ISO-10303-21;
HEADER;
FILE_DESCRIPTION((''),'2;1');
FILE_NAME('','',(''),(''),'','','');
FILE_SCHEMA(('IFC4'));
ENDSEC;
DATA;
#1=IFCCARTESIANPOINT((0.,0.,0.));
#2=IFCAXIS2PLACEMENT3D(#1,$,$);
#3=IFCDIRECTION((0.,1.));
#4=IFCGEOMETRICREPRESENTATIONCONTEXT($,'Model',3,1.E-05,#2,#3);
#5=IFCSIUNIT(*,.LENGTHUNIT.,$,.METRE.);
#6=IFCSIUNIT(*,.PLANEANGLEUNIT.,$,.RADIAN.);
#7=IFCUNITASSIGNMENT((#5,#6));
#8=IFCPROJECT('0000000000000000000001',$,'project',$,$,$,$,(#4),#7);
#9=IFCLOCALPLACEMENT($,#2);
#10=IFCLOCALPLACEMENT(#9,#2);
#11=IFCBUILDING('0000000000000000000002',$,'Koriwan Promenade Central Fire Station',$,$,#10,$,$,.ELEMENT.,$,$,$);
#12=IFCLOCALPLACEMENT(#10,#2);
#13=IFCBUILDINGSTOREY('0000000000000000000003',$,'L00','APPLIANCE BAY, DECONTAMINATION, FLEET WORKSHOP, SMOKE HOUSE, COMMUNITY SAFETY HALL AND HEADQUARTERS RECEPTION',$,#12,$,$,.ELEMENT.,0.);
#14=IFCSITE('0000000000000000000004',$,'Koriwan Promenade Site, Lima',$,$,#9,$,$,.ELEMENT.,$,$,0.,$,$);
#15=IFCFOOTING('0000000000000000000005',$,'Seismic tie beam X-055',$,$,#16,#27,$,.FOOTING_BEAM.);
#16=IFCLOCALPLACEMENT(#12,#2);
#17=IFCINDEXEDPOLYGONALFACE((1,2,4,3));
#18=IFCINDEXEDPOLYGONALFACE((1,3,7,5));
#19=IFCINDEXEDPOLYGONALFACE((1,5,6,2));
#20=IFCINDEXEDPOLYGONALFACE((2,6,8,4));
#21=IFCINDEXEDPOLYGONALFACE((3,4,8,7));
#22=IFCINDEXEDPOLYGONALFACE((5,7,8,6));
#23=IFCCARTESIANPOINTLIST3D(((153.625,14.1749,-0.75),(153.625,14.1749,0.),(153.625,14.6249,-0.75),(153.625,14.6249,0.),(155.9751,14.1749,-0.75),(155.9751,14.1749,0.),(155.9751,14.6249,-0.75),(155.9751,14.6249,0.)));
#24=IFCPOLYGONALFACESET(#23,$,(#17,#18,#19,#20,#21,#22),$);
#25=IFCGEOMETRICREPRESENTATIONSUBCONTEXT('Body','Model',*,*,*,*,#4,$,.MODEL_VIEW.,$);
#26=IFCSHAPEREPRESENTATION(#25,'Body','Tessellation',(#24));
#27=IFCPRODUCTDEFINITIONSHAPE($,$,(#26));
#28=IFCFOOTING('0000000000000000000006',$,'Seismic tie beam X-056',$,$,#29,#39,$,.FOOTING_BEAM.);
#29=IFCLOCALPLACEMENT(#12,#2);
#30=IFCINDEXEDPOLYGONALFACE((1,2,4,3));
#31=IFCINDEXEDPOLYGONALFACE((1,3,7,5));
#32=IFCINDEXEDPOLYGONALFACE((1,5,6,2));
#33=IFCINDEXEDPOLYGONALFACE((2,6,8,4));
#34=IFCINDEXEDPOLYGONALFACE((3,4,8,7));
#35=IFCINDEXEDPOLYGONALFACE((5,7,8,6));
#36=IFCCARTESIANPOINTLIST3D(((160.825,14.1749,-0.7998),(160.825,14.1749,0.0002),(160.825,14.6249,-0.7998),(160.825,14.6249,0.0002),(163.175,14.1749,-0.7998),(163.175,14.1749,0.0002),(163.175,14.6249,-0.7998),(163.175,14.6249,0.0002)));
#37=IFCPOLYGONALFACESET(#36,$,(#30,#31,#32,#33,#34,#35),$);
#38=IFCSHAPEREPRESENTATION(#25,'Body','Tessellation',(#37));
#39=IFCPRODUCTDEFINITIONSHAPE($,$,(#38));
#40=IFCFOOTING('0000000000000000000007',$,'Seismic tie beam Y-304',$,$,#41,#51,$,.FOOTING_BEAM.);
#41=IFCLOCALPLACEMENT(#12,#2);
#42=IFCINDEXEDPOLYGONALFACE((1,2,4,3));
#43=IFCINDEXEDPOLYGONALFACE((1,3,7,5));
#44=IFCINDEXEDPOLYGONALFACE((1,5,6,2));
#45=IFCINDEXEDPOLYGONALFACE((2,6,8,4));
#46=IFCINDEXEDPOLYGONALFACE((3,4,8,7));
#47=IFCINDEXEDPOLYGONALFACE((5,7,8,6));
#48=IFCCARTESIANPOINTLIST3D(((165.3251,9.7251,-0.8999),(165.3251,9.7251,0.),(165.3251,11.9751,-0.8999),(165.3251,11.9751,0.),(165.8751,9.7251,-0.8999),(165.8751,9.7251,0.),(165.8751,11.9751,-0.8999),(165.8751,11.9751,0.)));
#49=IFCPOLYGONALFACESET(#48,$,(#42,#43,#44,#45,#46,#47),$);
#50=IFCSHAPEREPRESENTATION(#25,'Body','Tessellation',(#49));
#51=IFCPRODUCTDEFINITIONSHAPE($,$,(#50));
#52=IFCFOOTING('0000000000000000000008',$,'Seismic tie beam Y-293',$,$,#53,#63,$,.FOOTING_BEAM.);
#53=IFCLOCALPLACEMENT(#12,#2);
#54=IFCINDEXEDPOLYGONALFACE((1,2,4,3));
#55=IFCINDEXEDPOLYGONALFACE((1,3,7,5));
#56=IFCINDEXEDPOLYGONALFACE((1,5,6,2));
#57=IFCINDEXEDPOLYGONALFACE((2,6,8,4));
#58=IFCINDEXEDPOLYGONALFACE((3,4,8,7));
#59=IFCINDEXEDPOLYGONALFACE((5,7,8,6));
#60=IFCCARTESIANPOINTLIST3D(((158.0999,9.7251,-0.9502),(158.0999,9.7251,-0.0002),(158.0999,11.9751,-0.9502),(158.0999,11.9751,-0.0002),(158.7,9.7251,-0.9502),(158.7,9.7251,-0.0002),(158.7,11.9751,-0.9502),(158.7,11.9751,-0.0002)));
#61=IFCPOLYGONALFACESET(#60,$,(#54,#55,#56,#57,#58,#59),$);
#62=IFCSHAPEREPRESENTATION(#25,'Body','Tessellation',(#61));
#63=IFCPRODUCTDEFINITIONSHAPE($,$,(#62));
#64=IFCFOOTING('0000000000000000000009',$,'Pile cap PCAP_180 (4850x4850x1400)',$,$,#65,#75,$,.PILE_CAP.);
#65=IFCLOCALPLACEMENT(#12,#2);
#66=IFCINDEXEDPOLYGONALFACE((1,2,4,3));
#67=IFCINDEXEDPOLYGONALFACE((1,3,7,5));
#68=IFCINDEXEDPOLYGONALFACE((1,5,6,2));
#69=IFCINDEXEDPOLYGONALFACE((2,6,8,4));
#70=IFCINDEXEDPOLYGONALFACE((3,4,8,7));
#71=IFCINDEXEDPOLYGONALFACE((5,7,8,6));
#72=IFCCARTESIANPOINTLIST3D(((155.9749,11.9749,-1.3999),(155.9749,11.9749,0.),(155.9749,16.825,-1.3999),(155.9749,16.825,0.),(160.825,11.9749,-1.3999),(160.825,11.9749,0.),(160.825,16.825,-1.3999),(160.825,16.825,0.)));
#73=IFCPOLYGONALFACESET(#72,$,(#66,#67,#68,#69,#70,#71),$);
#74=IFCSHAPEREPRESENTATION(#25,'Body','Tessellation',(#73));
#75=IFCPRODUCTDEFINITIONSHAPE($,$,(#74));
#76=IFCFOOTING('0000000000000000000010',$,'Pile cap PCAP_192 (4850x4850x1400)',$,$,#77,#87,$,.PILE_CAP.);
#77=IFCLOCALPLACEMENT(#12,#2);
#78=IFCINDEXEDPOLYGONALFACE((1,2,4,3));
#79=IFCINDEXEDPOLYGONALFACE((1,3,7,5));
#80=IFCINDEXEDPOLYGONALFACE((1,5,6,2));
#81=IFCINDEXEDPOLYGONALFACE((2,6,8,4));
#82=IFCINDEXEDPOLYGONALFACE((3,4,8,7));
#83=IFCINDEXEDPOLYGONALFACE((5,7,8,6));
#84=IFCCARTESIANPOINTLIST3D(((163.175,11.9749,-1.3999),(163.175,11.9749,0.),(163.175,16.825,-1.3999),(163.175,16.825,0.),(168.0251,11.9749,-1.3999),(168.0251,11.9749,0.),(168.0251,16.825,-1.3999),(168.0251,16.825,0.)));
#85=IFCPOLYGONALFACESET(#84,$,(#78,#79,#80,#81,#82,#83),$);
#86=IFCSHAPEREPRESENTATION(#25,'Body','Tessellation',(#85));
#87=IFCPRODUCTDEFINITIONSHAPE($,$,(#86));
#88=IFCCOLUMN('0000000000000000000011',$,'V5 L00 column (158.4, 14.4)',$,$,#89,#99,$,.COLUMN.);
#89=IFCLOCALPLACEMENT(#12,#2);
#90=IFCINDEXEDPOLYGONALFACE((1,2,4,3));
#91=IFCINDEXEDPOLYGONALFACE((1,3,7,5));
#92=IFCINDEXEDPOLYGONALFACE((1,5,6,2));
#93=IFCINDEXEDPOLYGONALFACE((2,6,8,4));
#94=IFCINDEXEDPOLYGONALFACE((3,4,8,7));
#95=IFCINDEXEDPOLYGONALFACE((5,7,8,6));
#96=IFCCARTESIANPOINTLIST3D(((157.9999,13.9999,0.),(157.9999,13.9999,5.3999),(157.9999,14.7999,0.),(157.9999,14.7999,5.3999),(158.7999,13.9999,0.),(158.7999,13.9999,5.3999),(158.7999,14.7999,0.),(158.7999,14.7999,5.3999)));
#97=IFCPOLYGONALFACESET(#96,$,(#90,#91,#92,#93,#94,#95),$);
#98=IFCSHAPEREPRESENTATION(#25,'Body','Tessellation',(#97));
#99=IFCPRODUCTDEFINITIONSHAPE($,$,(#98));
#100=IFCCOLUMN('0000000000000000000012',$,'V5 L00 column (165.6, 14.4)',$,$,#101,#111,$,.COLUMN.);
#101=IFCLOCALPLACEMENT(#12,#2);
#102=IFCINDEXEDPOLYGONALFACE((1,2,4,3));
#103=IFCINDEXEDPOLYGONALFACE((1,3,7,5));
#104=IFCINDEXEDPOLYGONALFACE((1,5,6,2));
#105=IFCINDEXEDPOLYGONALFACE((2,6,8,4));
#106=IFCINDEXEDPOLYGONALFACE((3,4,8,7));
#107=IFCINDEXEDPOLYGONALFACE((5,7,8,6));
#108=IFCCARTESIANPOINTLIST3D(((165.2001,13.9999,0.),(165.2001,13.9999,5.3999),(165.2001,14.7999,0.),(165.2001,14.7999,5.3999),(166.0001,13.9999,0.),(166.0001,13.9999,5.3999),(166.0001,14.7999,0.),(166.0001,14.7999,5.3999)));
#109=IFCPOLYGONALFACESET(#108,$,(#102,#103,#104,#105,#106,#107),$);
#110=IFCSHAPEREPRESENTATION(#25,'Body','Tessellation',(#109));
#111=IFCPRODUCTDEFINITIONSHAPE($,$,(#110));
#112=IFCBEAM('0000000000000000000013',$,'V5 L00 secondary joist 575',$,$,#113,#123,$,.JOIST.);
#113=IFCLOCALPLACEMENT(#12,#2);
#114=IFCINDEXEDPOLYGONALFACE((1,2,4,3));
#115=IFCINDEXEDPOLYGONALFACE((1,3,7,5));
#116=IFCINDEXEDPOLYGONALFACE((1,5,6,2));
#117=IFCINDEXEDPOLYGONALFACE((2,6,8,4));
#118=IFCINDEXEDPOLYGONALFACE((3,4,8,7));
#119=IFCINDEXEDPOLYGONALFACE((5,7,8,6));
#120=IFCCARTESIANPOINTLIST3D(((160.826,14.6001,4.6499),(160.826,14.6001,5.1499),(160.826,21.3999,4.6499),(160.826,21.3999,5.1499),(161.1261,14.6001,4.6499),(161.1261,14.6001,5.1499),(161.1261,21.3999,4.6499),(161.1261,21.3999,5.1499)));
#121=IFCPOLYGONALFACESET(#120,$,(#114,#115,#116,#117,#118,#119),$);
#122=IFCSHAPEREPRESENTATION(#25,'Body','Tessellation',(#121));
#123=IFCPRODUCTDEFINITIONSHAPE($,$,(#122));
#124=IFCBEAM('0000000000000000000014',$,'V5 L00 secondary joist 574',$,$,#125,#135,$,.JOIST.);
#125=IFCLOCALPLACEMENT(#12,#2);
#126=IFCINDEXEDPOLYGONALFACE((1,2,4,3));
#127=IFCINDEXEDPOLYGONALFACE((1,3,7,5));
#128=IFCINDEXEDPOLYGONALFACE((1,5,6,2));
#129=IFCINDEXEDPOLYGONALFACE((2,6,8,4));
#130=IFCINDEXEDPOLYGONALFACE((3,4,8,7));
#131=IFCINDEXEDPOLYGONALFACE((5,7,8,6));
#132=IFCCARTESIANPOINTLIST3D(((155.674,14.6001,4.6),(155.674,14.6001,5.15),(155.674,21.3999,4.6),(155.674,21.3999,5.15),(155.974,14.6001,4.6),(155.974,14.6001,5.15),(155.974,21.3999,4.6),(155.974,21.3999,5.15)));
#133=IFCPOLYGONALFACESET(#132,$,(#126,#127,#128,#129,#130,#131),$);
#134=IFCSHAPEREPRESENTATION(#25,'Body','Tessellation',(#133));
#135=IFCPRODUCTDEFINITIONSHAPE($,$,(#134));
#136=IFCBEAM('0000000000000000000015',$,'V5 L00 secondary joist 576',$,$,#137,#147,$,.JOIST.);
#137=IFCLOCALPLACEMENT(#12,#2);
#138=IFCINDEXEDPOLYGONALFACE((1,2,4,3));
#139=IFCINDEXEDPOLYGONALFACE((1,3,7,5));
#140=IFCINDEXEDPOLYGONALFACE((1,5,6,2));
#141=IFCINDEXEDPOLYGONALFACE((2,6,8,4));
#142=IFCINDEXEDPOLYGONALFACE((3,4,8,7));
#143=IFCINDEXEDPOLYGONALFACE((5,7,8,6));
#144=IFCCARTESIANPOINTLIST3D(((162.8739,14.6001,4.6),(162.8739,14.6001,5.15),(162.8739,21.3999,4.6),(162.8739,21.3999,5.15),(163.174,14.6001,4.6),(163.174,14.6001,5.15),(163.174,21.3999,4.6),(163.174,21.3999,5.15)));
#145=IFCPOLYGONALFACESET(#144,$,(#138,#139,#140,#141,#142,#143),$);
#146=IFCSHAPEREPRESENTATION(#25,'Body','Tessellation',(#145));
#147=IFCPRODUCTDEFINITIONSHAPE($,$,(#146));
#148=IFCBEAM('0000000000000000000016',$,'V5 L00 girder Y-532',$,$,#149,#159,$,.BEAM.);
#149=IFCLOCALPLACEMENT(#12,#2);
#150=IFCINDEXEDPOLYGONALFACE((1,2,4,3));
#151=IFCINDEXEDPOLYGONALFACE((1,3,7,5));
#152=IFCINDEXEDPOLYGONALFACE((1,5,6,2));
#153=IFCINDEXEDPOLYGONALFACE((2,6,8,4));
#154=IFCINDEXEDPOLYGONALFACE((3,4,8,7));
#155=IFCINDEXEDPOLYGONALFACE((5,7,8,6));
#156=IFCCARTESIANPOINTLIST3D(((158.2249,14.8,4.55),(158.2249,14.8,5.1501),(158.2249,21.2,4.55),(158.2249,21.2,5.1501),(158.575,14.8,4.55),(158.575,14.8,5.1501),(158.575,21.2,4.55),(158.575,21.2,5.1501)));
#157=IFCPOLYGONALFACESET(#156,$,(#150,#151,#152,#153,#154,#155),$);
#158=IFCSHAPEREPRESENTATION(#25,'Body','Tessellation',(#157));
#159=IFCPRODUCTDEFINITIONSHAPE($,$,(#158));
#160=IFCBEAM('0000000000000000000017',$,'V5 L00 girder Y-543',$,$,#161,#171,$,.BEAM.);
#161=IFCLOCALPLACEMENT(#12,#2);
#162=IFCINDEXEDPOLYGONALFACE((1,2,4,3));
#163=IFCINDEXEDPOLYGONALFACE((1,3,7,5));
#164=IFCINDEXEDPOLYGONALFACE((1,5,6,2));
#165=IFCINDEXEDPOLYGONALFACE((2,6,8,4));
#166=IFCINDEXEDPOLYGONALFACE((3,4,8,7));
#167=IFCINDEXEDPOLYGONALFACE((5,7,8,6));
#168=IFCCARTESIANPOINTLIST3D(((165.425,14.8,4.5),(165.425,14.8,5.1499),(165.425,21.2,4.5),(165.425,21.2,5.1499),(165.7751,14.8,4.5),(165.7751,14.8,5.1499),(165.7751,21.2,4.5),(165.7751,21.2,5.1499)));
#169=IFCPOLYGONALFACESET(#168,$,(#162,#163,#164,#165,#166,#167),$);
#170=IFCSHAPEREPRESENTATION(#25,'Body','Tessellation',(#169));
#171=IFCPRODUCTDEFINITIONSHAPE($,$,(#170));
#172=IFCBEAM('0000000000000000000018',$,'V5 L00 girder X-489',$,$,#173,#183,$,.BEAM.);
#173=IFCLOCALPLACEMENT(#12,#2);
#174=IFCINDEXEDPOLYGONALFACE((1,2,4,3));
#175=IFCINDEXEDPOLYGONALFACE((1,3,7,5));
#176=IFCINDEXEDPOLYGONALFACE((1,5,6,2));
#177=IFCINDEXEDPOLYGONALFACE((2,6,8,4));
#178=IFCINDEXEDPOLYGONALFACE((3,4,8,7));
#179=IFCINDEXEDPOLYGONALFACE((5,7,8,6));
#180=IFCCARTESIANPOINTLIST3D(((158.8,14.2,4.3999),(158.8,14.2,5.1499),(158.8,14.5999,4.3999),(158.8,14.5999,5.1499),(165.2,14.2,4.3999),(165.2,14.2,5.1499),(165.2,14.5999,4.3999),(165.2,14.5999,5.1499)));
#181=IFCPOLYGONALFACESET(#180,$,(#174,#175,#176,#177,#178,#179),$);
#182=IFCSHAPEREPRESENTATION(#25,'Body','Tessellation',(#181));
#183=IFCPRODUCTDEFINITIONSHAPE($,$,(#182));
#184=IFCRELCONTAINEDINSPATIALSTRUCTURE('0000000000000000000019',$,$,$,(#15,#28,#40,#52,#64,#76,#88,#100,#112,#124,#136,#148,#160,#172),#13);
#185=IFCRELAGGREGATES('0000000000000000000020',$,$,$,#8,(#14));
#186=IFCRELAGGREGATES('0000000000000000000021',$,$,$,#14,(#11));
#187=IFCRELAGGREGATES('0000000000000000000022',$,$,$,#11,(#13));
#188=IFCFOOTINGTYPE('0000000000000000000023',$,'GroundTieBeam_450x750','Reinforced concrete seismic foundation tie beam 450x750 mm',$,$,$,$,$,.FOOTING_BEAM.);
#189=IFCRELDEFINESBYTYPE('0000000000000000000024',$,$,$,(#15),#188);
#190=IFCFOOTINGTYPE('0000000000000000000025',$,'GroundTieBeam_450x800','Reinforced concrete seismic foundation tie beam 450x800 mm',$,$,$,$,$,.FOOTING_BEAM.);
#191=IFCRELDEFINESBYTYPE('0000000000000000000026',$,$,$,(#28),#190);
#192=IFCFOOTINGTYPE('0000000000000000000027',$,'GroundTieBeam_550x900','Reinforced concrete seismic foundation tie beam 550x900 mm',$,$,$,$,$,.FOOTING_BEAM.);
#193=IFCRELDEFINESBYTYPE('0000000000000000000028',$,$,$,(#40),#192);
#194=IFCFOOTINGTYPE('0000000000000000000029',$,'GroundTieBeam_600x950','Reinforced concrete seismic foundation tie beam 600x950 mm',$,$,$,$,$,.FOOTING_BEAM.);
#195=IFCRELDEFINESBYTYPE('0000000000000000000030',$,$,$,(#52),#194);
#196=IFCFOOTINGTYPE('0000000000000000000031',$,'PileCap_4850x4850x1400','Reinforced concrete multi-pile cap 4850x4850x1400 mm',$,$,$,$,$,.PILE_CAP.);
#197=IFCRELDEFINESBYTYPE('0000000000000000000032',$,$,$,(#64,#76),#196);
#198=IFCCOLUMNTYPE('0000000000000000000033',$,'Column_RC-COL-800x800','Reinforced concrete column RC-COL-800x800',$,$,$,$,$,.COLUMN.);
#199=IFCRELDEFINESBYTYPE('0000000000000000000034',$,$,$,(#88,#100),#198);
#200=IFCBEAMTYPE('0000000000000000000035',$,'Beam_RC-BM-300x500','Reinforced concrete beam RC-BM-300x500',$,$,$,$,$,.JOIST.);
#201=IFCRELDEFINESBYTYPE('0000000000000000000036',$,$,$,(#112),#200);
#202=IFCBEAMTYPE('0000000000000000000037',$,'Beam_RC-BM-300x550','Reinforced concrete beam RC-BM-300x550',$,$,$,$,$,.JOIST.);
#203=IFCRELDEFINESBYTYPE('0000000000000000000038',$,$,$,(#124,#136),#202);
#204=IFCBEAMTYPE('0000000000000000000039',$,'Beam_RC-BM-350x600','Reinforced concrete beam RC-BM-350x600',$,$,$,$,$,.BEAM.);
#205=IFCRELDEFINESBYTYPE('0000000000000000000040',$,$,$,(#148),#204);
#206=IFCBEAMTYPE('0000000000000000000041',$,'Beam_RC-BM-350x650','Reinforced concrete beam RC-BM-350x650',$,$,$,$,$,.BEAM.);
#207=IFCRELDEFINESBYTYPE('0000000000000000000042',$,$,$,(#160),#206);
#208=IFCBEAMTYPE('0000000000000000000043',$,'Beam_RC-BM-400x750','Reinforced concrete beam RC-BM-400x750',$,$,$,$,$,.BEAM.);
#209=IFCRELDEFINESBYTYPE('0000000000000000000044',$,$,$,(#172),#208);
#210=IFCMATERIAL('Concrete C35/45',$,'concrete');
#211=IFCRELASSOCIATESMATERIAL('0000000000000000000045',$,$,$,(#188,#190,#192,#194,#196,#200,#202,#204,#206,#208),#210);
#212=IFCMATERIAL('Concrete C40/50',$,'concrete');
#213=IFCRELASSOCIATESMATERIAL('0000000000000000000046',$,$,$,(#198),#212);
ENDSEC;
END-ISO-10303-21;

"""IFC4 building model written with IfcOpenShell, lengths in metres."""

from ifc_helpers import new_model, si_unit, direction, frame, origin, origin_2d, place, context, subcontext, project, spatial, rectangle, extrude, material, material_profile, profile_set, type_object, element, save


model = new_model("IFC4")

# Units and contexts
model_context = context("Model", 3, precision=1e-05, world=origin(), true_north=direction((0.0, 1.0)))
body_context = subcontext(model_context, "Body", "Model", "MODEL_VIEW")
ifc_project = project(units=[si_unit("LENGTHUNIT", "METRE"), si_unit("PLANEANGLEUNIT", "RADIAN")], contexts=[model_context])

# Site, building, storey
site_placement = place(None, origin())
site = spatial("IfcSite", under=ifc_project, at=site_placement, Name="Koriwan Promenade Site, Lima", CompositionType="ELEMENT", RefElevation=0.0)
building_placement = place(site_placement, origin())
building = spatial("IfcBuilding", under=site, at=building_placement, Name="Koriwan Promenade Central Fire Station", CompositionType="ELEMENT")
storey_placement = place(building_placement, origin())
storey = spatial("IfcBuildingStorey", under=building, at=storey_placement, Name="L00", Description="APPLIANCE BAY, DECONTAMINATION, FLEET WORKSHOP, SMOKE HOUSE, COMMUNITY SAFETY HALL AND HEADQUARTERS RECEPTION", CompositionType="ELEMENT", Elevation=0.0)

# Shared definitions
ifc_material_1 = material(Name="Concrete C35/45", Category="concrete")

# Footings
footing_type_1 = type_object("IfcFootingType", Name="GroundTieBeam_450x750", Description="Reinforced concrete seismic foundation tie beam 450x750 mm", PredefinedType="FOOTING_BEAM", material=ifc_material_1)
footing_1_placement = place(storey_placement, frame((154.8, 14.3999, -0.75), z_axis=(0.0, 0.0, 1.0), x_axis=(1.0, 0.0, 0.0)))
element("IfcFooting", 1, at=footing_1_placement, inside=storey, type_object=footing_type_1, Name="Seismic tie beam X-055", PredefinedType="FOOTING_BEAM", context=body_context, shape_type="SweptSolid", body=[
    extrude(rectangle(XDim=2.3501, YDim=0.45, at=origin_2d()), origin(), (0.0, 0.0, 1.0), 0.75),
])
footing_type_2 = type_object("IfcFootingType", Name="GroundTieBeam_450x800", Description="Reinforced concrete seismic foundation tie beam 450x800 mm", PredefinedType="FOOTING_BEAM", material=ifc_material_1)
footing_2_placement = place(storey_placement, frame((162.0, 14.3999, -0.7998), z_axis=(0.0, 0.0, 1.0), x_axis=(1.0, 0.0, 0.0)))
element("IfcFooting", 2, at=footing_2_placement, inside=storey, type_object=footing_type_2, Name="Seismic tie beam X-056", PredefinedType="FOOTING_BEAM", context=body_context, shape_type="SweptSolid", body=[
    extrude(rectangle(XDim=2.3501, YDim=0.45, at=origin_2d()), origin(), (0.0, 0.0, 1.0), 0.8),
])
footing_type_3 = type_object("IfcFootingType", Name="GroundTieBeam_550x900", Description="Reinforced concrete seismic foundation tie beam 550x900 mm", PredefinedType="FOOTING_BEAM", material=ifc_material_1)
footing_3_placement = place(storey_placement, frame((165.6001, 10.8501, -0.8999), z_axis=(0.0, 0.0, 1.0), x_axis=(0.0, 1.0, 0.0)))
element("IfcFooting", 3, at=footing_3_placement, inside=storey, type_object=footing_type_3, Name="Seismic tie beam Y-304", PredefinedType="FOOTING_BEAM", context=body_context, shape_type="SweptSolid", body=[
    extrude(rectangle(XDim=2.25, YDim=0.55, at=origin_2d()), origin(), (0.0, 0.0, 1.0), 0.8999),
])
footing_type_4 = type_object("IfcFootingType", Name="GroundTieBeam_600x950", Description="Reinforced concrete seismic foundation tie beam 600x950 mm", PredefinedType="FOOTING_BEAM", material=ifc_material_1)
footing_4_placement = place(storey_placement, frame((158.3999, 10.8501, -0.9502), z_axis=(0.0, 0.0, 1.0), x_axis=(0.0, 1.0, 0.0)))
element("IfcFooting", 4, at=footing_4_placement, inside=storey, type_object=footing_type_4, Name="Seismic tie beam Y-293", PredefinedType="FOOTING_BEAM", context=body_context, shape_type="SweptSolid", body=[
    extrude(rectangle(XDim=2.25, YDim=0.6001, at=origin_2d()), origin(), (0.0, 0.0, 1.0), 0.95),
])
footing_type_5 = type_object("IfcFootingType", Name="PileCap_4850x4850x1400", Description="Reinforced concrete multi-pile cap 4850x4850x1400 mm", PredefinedType="PILE_CAP", material=ifc_material_1)
for number, where, z_axis, x_axis, name in (
    (5, (158.3999, 14.3999, -1.3999), (0.0, 0.0, 1.0), (1.0, 0.0, 0.0), "Pile cap PCAP_180 (4850x4850x1400)"),
    (6, (165.6001, 14.3999, -1.3999), (0.0, 0.0, 1.0), (1.0, 0.0, 0.0), "Pile cap PCAP_192 (4850x4850x1400)"),
):
    element("IfcFooting", number, at=place(storey_placement, frame(where, z_axis=z_axis, x_axis=x_axis)), inside=storey, type_object=footing_type_5, Name=name, PredefinedType="PILE_CAP", context=body_context, shape_type="SweptSolid", body=[
        extrude(rectangle(XDim=4.8501, YDim=4.8501, at=origin_2d()), origin(), (0.0, 0.0, 1.0), 1.3999),
    ])

# Columns
ifc_material_2 = material(Name="Concrete C40/50", Category="concrete")
ifc_material_profile_1 = material_profile(ifc_material_2, rectangle(XDim=0.8, YDim=0.8, at=origin_2d()), Name="RC-COL-800x800")
ifc_profile_set_1 = profile_set([ifc_material_profile_1], Name="Concrete C40/50")
column_type = type_object("IfcColumnType", Name="Column_RC-COL-800x800", Description="Reinforced concrete column RC-COL-800x800", PredefinedType="COLUMN", material=ifc_profile_set_1)
for number, where, z_axis, x_axis, name in (
    (7, (158.3999, 14.3999, 0.0), (0.0, 0.0, 1.0), (1.0, 0.0, 0.0), "V5 L00 column (158.4, 14.4)"),
    (8, (165.6001, 14.3999, 0.0), (0.0, 0.0, 1.0), (1.0, 0.0, 0.0), "V5 L00 column (165.6, 14.4)"),
):
    element("IfcColumn", number, at=place(storey_placement, frame(where, z_axis=z_axis, x_axis=x_axis)), inside=storey, type_object=column_type, Name=name, PredefinedType="COLUMN", context=body_context, shape_type="SweptSolid", body=[
        extrude(rectangle(XDim=0.8, YDim=0.8, at=origin_2d()), origin(), (0.0, 0.0, 1.0), 5.3999),
    ])

# Beams
ifc_material_profile_2 = material_profile(ifc_material_1, rectangle(XDim=0.3, YDim=0.5, at=origin_2d()), Name="RC-BM-300x500")
ifc_profile_set_2 = profile_set([ifc_material_profile_2], Name="Concrete C35/45")
beam_type_1 = type_object("IfcBeamType", Name="Beam_RC-BM-300x500", Description="Reinforced concrete beam RC-BM-300x500", PredefinedType="JOIST", material=ifc_profile_set_2)
beam_1_placement = place(storey_placement, frame((160.9761, 14.6001, 4.8999), z_axis=(0.0, 1.0, 0.0), x_axis=(-1.0, 0.0, 0.0)))
element("IfcBeam", 9, at=beam_1_placement, inside=storey, type_object=beam_type_1, Name="V5 L00 secondary joist 575", PredefinedType="JOIST", context=body_context, shape_type="SweptSolid", body=[
    extrude(rectangle(XDim=0.3, YDim=0.5, at=origin_2d()), origin(), (0.0, 0.0, 1.0), 6.7998),
])
ifc_material_profile_3 = material_profile(ifc_material_1, rectangle(XDim=0.3, YDim=0.55, at=origin_2d()), Name="RC-BM-300x550")
ifc_profile_set_3 = profile_set([ifc_material_profile_3], Name="Concrete C35/45")
beam_type_2 = type_object("IfcBeamType", Name="Beam_RC-BM-300x550", Description="Reinforced concrete beam RC-BM-300x550", PredefinedType="JOIST", material=ifc_profile_set_3)
for number, where, z_axis, x_axis, name in (
    (10, (155.824, 14.6001, 4.875), (0.0, 1.0, 0.0), (-1.0, 0.0, 0.0), "V5 L00 secondary joist 574"),
    (11, (163.0239, 14.6001, 4.875), (0.0, 1.0, 0.0), (-1.0, 0.0, 0.0), "V5 L00 secondary joist 576"),
):
    element("IfcBeam", number, at=place(storey_placement, frame(where, z_axis=z_axis, x_axis=x_axis)), inside=storey, type_object=beam_type_2, Name=name, PredefinedType="JOIST", context=body_context, shape_type="SweptSolid", body=[
        extrude(rectangle(XDim=0.3, YDim=0.55, at=origin_2d()), origin(), (0.0, 0.0, 1.0), 6.7998),
    ])
ifc_material_profile_4 = material_profile(ifc_material_1, rectangle(XDim=0.3501, YDim=0.6001, at=origin_2d()), Name="RC-BM-350x600")
ifc_profile_set_4 = profile_set([ifc_material_profile_4], Name="Concrete C35/45")
beam_type_3 = type_object("IfcBeamType", Name="Beam_RC-BM-350x600", Description="Reinforced concrete beam RC-BM-350x600", PredefinedType="BEAM", material=ifc_profile_set_4)
beam_2_placement = place(storey_placement, frame((158.3999, 14.8, 4.8501), z_axis=(0.0, 1.0, 0.0), x_axis=(-1.0, 0.0, 0.0)))
element("IfcBeam", 12, at=beam_2_placement, inside=storey, type_object=beam_type_3, Name="V5 L00 girder Y-532", PredefinedType="BEAM", context=body_context, shape_type="SweptSolid", body=[
    extrude(rectangle(XDim=0.3501, YDim=0.6001, at=origin_2d()), origin(), (0.0, 0.0, 1.0), 6.3999),
])
ifc_material_profile_5 = material_profile(ifc_material_1, rectangle(XDim=0.3501, YDim=0.6499, at=origin_2d()), Name="RC-BM-350x650")
ifc_profile_set_5 = profile_set([ifc_material_profile_5], Name="Concrete C35/45")
beam_type_4 = type_object("IfcBeamType", Name="Beam_RC-BM-350x650", Description="Reinforced concrete beam RC-BM-350x650", PredefinedType="BEAM", material=ifc_profile_set_5)
beam_3_placement = place(storey_placement, frame((165.6001, 14.8, 4.825), z_axis=(0.0, 1.0, 0.0), x_axis=(-1.0, 0.0, 0.0)))
element("IfcBeam", 13, at=beam_3_placement, inside=storey, type_object=beam_type_4, Name="V5 L00 girder Y-543", PredefinedType="BEAM", context=body_context, shape_type="SweptSolid", body=[
    extrude(rectangle(XDim=0.3501, YDim=0.6499, at=origin_2d()), origin(), (0.0, 0.0, 1.0), 6.3999),
])
ifc_material_profile_6 = material_profile(ifc_material_1, rectangle(XDim=0.3999, YDim=0.75, at=origin_2d()), Name="RC-BM-400x750")
ifc_profile_set_6 = profile_set([ifc_material_profile_6], Name="Concrete C35/45")
beam_type_5 = type_object("IfcBeamType", Name="Beam_RC-BM-400x750", Description="Reinforced concrete beam RC-BM-400x750", PredefinedType="BEAM", material=ifc_profile_set_6)
beam_4_placement = place(storey_placement, frame((158.8, 14.3999, 4.7749), z_axis=(1.0, 0.0, 0.0), x_axis=(0.0, 1.0, 0.0)))
element("IfcBeam", 14, at=beam_4_placement, inside=storey, type_object=beam_type_5, Name="V5 L00 girder X-489", PredefinedType="BEAM", context=body_context, shape_type="SweptSolid", body=[
    extrude(rectangle(XDim=0.3999, YDim=0.75, at=origin_2d()), origin(), (0.0, 0.0, 1.0), 6.3999),
])

save(model, "model.ifc")
